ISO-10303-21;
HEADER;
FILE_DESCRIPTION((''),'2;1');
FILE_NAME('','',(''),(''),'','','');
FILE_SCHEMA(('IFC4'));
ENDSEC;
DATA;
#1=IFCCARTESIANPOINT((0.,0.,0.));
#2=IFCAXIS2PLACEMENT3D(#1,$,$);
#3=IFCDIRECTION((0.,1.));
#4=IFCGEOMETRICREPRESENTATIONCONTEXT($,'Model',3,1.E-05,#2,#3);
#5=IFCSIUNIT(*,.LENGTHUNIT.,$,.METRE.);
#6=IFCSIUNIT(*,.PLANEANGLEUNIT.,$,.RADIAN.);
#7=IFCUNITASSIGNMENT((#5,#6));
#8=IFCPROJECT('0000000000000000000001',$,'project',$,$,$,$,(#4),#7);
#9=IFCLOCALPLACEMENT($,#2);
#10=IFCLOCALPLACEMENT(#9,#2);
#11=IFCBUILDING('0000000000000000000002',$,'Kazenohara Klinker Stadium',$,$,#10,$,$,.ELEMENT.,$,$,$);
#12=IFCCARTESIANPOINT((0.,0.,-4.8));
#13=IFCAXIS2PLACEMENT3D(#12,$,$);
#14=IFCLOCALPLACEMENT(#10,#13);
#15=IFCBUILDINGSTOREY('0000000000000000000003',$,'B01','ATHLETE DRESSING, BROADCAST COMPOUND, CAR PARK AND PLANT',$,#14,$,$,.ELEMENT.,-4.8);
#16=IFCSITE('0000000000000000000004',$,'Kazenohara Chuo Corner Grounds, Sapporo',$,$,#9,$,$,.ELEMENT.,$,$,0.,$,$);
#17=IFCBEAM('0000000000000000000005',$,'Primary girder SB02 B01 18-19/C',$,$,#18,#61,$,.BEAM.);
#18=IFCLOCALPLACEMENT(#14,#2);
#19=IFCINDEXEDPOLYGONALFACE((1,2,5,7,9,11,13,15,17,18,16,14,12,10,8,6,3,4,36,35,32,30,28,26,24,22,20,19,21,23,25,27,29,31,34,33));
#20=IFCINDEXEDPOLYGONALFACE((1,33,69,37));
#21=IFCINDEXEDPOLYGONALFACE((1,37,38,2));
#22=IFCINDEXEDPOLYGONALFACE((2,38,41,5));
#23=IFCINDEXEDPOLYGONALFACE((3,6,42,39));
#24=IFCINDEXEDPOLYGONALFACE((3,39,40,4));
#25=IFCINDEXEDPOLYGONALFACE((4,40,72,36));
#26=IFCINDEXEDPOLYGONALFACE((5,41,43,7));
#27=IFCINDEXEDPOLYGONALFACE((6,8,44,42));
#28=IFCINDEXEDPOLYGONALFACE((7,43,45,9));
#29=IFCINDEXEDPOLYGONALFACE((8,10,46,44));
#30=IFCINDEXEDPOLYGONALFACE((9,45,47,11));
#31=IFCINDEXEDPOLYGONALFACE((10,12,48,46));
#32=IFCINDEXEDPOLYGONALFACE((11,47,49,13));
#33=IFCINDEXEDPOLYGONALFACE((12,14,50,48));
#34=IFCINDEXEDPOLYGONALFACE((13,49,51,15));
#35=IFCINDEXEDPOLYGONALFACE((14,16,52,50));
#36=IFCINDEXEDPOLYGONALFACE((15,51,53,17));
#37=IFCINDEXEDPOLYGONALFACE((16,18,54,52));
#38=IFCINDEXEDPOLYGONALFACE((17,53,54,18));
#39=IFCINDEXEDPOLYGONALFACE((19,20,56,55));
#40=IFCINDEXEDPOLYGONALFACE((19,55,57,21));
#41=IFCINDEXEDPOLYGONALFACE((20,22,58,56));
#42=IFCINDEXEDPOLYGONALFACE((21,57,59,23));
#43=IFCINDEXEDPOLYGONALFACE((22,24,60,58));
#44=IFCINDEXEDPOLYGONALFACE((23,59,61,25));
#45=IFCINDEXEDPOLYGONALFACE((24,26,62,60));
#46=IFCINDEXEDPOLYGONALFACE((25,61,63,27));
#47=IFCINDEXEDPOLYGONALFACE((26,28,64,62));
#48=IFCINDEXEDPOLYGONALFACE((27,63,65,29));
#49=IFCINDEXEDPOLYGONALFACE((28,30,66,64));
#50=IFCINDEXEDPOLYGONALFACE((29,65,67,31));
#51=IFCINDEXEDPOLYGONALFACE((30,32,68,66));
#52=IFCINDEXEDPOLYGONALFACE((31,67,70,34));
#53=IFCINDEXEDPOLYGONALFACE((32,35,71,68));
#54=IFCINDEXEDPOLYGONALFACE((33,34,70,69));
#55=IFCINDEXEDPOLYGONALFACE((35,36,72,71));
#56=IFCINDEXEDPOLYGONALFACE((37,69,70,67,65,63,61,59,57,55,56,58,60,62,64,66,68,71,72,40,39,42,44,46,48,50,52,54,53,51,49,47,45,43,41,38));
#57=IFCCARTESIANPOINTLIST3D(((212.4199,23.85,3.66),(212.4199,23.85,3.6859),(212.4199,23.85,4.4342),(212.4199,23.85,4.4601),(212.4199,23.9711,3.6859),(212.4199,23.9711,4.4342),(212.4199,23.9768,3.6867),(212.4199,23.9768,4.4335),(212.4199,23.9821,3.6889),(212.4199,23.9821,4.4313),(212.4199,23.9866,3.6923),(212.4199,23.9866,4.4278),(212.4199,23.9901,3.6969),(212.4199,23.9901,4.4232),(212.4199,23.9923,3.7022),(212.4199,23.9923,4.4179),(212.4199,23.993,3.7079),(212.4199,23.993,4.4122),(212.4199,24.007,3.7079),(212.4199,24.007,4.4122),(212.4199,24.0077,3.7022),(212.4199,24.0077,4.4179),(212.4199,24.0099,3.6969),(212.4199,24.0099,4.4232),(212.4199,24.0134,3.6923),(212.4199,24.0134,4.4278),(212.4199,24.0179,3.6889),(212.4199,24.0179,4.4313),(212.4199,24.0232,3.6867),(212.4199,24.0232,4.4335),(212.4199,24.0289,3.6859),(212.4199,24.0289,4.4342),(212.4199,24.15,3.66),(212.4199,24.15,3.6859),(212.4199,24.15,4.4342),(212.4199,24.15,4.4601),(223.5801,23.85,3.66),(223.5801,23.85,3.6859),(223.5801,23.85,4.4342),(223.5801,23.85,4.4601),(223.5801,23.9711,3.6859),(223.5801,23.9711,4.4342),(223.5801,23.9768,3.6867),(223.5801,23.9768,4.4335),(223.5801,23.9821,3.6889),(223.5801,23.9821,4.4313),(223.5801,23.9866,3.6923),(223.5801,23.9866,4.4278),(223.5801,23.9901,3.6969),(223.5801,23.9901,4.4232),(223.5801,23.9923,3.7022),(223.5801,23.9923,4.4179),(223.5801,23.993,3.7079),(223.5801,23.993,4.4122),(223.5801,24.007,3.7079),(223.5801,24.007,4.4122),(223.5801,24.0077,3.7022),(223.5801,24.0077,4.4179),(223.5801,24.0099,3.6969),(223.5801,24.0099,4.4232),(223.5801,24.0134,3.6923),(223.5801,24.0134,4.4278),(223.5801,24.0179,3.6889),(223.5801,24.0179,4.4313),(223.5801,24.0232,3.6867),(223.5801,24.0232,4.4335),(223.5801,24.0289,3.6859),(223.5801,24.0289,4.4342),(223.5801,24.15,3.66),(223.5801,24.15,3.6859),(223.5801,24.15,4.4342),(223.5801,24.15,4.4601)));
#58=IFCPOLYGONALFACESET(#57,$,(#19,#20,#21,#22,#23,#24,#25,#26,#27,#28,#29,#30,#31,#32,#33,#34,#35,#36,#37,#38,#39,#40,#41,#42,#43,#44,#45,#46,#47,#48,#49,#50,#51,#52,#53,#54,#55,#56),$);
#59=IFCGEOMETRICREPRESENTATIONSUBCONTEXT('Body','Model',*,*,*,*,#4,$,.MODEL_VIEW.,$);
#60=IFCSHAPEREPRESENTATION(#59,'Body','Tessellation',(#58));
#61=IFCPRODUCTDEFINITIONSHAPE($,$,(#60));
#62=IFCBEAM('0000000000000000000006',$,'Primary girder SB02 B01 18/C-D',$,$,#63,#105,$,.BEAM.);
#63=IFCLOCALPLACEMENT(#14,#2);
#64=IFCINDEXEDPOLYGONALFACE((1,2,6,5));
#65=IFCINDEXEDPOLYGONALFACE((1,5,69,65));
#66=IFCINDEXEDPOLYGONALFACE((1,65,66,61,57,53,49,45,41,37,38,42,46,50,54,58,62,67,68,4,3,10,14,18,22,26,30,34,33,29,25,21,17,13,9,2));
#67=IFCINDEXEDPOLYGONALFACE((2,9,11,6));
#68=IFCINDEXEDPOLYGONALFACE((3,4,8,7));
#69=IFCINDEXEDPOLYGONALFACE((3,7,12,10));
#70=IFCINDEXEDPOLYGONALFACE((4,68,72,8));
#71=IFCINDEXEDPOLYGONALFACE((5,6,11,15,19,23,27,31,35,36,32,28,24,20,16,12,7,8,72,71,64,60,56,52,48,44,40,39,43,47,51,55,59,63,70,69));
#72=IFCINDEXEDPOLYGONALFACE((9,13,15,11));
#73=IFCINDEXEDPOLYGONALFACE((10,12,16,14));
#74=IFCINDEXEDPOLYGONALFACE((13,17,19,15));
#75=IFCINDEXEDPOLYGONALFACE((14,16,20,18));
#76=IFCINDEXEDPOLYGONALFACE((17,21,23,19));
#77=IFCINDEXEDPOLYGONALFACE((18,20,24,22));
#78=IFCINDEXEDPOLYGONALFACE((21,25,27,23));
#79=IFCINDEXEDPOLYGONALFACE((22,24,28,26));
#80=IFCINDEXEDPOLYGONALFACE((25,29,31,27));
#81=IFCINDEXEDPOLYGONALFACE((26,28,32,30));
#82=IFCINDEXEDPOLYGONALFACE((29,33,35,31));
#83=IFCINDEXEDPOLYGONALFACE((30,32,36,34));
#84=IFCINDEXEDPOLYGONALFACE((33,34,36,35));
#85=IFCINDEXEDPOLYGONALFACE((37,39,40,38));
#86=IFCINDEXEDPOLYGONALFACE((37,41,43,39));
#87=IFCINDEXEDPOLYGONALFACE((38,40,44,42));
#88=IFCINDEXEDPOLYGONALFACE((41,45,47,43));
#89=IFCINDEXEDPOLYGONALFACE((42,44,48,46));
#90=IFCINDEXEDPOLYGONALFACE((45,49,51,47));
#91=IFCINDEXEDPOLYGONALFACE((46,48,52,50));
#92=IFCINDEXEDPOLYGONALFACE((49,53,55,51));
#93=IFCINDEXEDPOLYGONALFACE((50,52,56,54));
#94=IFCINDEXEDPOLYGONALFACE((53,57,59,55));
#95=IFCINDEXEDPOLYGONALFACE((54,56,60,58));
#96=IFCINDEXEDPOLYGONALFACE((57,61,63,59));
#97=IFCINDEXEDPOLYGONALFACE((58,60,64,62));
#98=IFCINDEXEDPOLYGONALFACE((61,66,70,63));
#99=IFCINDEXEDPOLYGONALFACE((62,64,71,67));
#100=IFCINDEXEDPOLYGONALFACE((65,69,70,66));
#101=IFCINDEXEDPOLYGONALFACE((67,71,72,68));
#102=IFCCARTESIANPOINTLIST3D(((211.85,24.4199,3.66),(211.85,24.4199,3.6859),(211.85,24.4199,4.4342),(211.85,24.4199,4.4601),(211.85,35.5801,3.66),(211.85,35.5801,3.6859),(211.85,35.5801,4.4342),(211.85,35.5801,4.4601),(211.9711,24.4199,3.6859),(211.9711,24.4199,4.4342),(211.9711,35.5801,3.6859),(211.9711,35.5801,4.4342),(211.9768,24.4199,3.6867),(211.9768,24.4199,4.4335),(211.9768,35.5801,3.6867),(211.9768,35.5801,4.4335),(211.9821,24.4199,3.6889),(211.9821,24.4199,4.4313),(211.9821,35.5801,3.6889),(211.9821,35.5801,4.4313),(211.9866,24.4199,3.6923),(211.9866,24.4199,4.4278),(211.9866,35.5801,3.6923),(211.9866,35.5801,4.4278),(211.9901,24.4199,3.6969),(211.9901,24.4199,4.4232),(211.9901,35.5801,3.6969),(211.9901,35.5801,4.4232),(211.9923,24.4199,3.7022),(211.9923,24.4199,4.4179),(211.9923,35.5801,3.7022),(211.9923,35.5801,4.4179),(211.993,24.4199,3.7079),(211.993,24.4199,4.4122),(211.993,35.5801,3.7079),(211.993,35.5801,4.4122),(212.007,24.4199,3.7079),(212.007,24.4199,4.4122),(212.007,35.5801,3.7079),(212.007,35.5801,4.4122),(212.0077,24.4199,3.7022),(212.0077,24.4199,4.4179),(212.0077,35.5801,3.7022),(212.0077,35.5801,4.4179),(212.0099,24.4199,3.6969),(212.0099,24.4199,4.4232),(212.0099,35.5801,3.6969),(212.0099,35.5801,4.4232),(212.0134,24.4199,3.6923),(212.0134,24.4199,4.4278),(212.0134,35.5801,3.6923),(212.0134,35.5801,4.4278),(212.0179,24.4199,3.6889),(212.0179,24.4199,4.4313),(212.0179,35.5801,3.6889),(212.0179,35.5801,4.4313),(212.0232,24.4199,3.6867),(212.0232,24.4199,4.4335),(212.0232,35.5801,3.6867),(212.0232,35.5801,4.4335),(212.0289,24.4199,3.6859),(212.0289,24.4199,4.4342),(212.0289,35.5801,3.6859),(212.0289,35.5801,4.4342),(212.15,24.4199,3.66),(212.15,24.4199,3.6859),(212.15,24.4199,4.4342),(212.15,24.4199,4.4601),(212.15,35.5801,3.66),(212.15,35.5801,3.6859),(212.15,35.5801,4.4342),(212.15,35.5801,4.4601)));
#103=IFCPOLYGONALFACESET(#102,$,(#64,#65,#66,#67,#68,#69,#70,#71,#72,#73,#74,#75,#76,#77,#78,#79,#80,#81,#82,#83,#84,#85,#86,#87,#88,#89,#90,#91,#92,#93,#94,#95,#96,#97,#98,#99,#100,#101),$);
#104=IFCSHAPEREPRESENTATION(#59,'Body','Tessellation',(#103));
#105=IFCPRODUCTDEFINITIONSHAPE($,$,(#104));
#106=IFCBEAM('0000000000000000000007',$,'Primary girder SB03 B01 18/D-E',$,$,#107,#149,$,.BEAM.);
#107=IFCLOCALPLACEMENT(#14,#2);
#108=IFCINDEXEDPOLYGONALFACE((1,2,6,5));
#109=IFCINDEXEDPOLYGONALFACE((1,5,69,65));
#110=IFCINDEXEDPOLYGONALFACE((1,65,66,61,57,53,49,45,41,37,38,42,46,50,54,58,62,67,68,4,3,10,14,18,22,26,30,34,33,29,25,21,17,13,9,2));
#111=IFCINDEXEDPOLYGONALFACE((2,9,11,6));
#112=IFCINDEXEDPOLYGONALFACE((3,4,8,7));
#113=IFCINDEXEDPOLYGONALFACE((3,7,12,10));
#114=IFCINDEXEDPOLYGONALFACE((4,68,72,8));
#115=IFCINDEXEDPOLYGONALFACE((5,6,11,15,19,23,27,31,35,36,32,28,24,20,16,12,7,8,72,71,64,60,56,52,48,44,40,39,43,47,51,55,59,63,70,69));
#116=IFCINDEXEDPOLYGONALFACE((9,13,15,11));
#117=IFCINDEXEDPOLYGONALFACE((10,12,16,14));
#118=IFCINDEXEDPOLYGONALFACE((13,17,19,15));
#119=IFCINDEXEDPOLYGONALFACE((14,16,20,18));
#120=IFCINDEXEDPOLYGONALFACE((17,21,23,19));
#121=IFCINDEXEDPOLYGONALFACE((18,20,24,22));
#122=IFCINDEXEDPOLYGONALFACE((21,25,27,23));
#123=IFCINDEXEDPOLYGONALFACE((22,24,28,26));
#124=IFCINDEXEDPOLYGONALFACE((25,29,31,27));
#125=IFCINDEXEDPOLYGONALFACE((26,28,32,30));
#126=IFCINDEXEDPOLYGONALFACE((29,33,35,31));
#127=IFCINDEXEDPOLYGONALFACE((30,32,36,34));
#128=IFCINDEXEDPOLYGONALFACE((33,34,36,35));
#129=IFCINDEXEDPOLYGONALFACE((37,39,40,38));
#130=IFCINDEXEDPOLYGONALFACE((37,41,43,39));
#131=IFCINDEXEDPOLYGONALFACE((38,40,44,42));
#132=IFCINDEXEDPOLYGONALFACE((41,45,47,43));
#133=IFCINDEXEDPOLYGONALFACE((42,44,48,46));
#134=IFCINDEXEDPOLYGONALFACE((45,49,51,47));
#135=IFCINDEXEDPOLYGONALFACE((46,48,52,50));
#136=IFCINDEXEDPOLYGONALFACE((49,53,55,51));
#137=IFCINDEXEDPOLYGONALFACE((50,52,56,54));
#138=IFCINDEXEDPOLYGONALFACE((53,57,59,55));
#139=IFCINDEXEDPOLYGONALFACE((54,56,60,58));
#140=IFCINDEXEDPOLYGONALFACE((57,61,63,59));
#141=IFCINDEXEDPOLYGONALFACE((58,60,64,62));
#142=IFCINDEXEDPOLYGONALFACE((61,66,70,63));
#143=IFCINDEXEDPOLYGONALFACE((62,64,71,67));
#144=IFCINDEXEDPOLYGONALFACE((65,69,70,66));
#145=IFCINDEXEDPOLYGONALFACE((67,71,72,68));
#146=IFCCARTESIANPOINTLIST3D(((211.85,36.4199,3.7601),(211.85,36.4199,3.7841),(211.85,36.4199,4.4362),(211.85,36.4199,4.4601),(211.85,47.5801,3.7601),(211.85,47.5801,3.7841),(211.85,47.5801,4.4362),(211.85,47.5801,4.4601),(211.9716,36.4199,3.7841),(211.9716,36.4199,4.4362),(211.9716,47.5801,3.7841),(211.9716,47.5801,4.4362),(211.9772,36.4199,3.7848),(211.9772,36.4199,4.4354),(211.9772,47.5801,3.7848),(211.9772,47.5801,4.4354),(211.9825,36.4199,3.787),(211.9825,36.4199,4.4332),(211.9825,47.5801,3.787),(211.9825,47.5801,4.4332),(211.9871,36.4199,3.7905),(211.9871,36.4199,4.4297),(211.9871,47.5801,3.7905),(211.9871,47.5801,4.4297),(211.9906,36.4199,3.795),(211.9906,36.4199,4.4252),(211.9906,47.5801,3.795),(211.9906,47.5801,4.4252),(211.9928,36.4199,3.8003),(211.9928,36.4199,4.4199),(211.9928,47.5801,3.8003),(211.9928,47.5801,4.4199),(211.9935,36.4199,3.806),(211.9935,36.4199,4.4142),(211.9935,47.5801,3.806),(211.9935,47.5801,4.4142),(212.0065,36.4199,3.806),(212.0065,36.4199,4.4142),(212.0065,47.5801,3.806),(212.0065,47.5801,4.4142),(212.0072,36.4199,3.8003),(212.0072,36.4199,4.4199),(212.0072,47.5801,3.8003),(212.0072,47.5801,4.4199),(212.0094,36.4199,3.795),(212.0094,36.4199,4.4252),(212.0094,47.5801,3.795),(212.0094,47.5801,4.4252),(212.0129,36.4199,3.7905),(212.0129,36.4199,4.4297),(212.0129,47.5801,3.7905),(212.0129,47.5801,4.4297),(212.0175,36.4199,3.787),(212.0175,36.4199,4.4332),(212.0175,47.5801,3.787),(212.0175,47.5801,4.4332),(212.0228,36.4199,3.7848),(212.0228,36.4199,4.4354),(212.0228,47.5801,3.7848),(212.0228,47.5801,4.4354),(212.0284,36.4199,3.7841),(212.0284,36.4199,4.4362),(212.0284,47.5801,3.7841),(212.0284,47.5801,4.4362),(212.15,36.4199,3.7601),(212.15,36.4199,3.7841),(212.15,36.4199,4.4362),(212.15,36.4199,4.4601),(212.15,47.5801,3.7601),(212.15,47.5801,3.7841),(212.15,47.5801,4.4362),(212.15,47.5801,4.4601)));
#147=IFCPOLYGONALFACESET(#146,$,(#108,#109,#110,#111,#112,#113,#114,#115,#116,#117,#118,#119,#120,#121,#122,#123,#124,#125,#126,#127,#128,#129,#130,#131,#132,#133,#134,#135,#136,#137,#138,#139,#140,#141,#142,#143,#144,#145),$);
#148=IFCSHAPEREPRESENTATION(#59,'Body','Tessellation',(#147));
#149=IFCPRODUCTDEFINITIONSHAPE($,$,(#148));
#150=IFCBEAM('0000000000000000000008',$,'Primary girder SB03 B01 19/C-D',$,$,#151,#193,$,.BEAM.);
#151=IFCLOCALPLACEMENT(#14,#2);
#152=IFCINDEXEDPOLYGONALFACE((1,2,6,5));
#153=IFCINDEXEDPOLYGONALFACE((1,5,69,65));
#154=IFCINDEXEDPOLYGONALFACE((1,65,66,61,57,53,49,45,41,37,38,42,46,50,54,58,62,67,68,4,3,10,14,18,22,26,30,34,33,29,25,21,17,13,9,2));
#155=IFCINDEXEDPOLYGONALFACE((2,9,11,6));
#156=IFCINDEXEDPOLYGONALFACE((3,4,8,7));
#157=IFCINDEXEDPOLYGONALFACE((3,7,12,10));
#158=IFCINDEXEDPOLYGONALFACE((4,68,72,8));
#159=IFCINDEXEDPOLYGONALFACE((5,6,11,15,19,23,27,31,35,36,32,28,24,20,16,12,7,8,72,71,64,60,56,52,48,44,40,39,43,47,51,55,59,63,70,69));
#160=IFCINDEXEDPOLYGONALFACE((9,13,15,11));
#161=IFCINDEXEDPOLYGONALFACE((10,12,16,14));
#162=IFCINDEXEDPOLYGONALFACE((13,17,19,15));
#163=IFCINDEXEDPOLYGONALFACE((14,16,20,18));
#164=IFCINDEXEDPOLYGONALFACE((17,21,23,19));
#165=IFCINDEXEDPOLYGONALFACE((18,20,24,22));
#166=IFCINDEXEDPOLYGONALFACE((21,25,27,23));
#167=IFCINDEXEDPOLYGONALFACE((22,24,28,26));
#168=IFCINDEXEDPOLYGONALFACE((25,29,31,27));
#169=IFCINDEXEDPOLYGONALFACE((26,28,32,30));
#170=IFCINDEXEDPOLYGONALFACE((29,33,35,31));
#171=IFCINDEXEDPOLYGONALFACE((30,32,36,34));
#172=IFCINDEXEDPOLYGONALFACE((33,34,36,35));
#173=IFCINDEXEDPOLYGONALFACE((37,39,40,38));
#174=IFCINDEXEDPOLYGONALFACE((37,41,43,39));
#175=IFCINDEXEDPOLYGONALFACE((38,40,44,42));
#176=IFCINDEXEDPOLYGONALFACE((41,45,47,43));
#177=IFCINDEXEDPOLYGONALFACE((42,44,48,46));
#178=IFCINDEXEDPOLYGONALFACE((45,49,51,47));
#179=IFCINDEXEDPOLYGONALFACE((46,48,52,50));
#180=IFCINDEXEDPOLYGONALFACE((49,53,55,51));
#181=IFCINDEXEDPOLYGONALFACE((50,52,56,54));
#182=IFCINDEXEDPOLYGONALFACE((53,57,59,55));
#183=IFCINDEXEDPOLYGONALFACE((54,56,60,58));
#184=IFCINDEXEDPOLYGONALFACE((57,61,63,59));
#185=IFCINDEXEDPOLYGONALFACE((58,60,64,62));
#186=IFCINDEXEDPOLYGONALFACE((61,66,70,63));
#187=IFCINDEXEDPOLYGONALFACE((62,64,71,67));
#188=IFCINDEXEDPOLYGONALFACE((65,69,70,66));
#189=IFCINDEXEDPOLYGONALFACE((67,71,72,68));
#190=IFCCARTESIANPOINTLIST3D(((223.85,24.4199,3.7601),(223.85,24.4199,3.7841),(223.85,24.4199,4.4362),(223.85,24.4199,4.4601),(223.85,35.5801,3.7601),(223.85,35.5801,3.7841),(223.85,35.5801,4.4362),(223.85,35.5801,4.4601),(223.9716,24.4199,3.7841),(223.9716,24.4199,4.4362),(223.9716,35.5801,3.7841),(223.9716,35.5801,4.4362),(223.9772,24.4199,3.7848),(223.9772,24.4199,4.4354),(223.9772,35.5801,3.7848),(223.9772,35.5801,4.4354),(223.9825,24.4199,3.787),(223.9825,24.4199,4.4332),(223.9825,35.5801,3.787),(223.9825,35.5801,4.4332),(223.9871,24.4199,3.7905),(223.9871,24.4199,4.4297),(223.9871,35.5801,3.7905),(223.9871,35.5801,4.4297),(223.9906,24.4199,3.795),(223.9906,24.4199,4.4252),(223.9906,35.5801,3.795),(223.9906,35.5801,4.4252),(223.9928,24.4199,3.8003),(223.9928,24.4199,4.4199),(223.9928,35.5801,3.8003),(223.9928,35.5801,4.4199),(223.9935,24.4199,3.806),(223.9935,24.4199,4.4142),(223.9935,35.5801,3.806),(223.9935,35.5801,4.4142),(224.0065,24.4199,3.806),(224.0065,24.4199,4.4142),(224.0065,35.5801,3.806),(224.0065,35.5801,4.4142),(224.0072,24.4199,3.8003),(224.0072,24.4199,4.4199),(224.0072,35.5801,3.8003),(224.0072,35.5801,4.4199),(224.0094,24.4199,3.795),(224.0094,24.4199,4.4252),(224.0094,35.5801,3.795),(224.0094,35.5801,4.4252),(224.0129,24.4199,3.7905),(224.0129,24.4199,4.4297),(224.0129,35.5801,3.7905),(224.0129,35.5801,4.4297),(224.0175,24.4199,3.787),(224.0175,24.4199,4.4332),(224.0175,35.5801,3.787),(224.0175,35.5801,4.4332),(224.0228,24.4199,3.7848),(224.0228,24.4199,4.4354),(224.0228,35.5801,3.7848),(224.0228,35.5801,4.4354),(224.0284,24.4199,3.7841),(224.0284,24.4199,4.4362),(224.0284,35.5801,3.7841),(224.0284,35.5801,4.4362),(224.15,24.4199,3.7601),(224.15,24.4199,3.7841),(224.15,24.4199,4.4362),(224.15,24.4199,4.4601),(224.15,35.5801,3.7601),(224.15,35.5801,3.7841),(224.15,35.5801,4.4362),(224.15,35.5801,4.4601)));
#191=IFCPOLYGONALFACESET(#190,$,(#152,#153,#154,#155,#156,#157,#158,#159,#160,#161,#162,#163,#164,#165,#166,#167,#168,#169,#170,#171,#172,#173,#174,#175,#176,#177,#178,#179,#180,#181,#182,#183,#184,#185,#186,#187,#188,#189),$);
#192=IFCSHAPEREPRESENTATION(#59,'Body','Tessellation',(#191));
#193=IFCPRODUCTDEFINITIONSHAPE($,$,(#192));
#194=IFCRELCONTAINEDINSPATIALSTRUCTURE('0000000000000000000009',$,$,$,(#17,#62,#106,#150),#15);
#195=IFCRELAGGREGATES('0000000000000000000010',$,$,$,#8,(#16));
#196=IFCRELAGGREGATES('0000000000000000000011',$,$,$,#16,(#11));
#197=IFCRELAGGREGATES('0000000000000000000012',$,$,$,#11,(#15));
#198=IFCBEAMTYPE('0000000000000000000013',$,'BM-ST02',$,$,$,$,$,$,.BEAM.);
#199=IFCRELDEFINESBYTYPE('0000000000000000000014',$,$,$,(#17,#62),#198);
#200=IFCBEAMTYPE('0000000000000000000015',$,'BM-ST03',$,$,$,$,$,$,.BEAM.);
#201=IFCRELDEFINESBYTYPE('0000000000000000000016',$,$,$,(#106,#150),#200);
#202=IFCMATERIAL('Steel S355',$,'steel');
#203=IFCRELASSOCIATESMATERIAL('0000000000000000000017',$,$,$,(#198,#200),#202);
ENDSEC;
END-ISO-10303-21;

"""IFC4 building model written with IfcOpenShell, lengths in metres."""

from ifc_helpers import new_model, si_unit, direction, frame, origin, origin_2d, place, context, subcontext, project, spatial, i_section, extrude, material, material_profile, profile_set, type_object, element, save


model = new_model("IFC4")

# Units and contexts
model_context = context("Model", 3, precision=1e-05, world=origin(), true_north=direction((0.0, 1.0)))
body_context = subcontext(model_context, "Body", "Model", "MODEL_VIEW")
ifc_project = project(units=[si_unit("LENGTHUNIT", "METRE"), si_unit("PLANEANGLEUNIT", "RADIAN")], contexts=[model_context])

# Site, building, storey
site_placement = place(None, origin())
site = spatial("IfcSite", under=ifc_project, at=site_placement, Name="Kazenohara Chuo Corner Grounds, Sapporo", CompositionType="ELEMENT", RefElevation=0.0)
building_placement = place(site_placement, origin())
building = spatial("IfcBuilding", under=site, at=building_placement, Name="Kazenohara Klinker Stadium", CompositionType="ELEMENT")
storey_placement = place(building_placement, frame((0.0, 0.0, -4.8)))
storey = spatial("IfcBuildingStorey", under=building, at=storey_placement, Name="B01", Description="ATHLETE DRESSING, BROADCAST COMPOUND, CAR PARK AND PLANT", CompositionType="ELEMENT", Elevation=-4.8)

# Beams
ifc_material_1 = material(Name="Steel S355", Category="steel")
ifc_material_profile_1 = material_profile(ifc_material_1, i_section(OverallWidth=0.3, OverallDepth=0.8, WebThickness=0.0139, FlangeThickness=0.0259, FilletRadius=0.022, at=origin_2d()), Name="H-800x300x14x26")
ifc_profile_set_1 = profile_set([ifc_material_profile_1], Name="Steel S355")
beam_type_1 = type_object("IfcBeamType", Name="BM-ST02", PredefinedType="BEAM", material=ifc_profile_set_1)
for number, where, z_axis, x_axis, name in (
    (1, (212.4199, 24.0, 4.0601), (1.0, 0.0, 0.0), (0.0, 1.0, 0.0), "Primary girder SB02 B01 18-19/C"),
    (2, (212.0, 24.4199, 4.0601), (0.0, 1.0, 0.0), (-1.0, 0.0, 0.0), "Primary girder SB02 B01 18/C-D"),
):
    element("IfcBeam", number, at=place(storey_placement, frame(where, z_axis=z_axis, x_axis=x_axis)), inside=storey, type_object=beam_type_1, Name=name, PredefinedType="BEAM", context=body_context, shape_type="SweptSolid", body=[
        extrude(i_section(OverallWidth=0.3, OverallDepth=0.8, WebThickness=0.0139, FlangeThickness=0.0259, FilletRadius=0.022, at=origin_2d()), origin(), (0.0, 0.0, 1.0), 11.1602),
    ])
ifc_material_profile_2 = material_profile(ifc_material_1, i_section(OverallWidth=0.3, OverallDepth=0.7, WebThickness=0.0129, FlangeThickness=0.0239, FilletRadius=0.022, at=origin_2d()), Name="H-700x300x13x24")
ifc_profile_set_2 = profile_set([ifc_material_profile_2], Name="Steel S355")
beam_type_2 = type_object("IfcBeamType", Name="BM-ST03", PredefinedType="BEAM", material=ifc_profile_set_2)
for number, where, z_axis, x_axis, name in (
    (3, (212.0, 36.4199, 4.1101), (0.0, 1.0, 0.0), (-1.0, 0.0, 0.0), "Primary girder SB03 B01 18/D-E"),
    (4, (224.0, 24.4199, 4.1101), (0.0, 1.0, 0.0), (-1.0, 0.0, 0.0), "Primary girder SB03 B01 19/C-D"),
):
    element("IfcBeam", number, at=place(storey_placement, frame(where, z_axis=z_axis, x_axis=x_axis)), inside=storey, type_object=beam_type_2, Name=name, PredefinedType="BEAM", context=body_context, shape_type="SweptSolid", body=[
        extrude(i_section(OverallWidth=0.3, OverallDepth=0.7, WebThickness=0.0129, FlangeThickness=0.0239, FilletRadius=0.022, at=origin_2d()), origin(), (0.0, 0.0, 1.0), 11.1602),
    ])

save(model, "model.ifc")
